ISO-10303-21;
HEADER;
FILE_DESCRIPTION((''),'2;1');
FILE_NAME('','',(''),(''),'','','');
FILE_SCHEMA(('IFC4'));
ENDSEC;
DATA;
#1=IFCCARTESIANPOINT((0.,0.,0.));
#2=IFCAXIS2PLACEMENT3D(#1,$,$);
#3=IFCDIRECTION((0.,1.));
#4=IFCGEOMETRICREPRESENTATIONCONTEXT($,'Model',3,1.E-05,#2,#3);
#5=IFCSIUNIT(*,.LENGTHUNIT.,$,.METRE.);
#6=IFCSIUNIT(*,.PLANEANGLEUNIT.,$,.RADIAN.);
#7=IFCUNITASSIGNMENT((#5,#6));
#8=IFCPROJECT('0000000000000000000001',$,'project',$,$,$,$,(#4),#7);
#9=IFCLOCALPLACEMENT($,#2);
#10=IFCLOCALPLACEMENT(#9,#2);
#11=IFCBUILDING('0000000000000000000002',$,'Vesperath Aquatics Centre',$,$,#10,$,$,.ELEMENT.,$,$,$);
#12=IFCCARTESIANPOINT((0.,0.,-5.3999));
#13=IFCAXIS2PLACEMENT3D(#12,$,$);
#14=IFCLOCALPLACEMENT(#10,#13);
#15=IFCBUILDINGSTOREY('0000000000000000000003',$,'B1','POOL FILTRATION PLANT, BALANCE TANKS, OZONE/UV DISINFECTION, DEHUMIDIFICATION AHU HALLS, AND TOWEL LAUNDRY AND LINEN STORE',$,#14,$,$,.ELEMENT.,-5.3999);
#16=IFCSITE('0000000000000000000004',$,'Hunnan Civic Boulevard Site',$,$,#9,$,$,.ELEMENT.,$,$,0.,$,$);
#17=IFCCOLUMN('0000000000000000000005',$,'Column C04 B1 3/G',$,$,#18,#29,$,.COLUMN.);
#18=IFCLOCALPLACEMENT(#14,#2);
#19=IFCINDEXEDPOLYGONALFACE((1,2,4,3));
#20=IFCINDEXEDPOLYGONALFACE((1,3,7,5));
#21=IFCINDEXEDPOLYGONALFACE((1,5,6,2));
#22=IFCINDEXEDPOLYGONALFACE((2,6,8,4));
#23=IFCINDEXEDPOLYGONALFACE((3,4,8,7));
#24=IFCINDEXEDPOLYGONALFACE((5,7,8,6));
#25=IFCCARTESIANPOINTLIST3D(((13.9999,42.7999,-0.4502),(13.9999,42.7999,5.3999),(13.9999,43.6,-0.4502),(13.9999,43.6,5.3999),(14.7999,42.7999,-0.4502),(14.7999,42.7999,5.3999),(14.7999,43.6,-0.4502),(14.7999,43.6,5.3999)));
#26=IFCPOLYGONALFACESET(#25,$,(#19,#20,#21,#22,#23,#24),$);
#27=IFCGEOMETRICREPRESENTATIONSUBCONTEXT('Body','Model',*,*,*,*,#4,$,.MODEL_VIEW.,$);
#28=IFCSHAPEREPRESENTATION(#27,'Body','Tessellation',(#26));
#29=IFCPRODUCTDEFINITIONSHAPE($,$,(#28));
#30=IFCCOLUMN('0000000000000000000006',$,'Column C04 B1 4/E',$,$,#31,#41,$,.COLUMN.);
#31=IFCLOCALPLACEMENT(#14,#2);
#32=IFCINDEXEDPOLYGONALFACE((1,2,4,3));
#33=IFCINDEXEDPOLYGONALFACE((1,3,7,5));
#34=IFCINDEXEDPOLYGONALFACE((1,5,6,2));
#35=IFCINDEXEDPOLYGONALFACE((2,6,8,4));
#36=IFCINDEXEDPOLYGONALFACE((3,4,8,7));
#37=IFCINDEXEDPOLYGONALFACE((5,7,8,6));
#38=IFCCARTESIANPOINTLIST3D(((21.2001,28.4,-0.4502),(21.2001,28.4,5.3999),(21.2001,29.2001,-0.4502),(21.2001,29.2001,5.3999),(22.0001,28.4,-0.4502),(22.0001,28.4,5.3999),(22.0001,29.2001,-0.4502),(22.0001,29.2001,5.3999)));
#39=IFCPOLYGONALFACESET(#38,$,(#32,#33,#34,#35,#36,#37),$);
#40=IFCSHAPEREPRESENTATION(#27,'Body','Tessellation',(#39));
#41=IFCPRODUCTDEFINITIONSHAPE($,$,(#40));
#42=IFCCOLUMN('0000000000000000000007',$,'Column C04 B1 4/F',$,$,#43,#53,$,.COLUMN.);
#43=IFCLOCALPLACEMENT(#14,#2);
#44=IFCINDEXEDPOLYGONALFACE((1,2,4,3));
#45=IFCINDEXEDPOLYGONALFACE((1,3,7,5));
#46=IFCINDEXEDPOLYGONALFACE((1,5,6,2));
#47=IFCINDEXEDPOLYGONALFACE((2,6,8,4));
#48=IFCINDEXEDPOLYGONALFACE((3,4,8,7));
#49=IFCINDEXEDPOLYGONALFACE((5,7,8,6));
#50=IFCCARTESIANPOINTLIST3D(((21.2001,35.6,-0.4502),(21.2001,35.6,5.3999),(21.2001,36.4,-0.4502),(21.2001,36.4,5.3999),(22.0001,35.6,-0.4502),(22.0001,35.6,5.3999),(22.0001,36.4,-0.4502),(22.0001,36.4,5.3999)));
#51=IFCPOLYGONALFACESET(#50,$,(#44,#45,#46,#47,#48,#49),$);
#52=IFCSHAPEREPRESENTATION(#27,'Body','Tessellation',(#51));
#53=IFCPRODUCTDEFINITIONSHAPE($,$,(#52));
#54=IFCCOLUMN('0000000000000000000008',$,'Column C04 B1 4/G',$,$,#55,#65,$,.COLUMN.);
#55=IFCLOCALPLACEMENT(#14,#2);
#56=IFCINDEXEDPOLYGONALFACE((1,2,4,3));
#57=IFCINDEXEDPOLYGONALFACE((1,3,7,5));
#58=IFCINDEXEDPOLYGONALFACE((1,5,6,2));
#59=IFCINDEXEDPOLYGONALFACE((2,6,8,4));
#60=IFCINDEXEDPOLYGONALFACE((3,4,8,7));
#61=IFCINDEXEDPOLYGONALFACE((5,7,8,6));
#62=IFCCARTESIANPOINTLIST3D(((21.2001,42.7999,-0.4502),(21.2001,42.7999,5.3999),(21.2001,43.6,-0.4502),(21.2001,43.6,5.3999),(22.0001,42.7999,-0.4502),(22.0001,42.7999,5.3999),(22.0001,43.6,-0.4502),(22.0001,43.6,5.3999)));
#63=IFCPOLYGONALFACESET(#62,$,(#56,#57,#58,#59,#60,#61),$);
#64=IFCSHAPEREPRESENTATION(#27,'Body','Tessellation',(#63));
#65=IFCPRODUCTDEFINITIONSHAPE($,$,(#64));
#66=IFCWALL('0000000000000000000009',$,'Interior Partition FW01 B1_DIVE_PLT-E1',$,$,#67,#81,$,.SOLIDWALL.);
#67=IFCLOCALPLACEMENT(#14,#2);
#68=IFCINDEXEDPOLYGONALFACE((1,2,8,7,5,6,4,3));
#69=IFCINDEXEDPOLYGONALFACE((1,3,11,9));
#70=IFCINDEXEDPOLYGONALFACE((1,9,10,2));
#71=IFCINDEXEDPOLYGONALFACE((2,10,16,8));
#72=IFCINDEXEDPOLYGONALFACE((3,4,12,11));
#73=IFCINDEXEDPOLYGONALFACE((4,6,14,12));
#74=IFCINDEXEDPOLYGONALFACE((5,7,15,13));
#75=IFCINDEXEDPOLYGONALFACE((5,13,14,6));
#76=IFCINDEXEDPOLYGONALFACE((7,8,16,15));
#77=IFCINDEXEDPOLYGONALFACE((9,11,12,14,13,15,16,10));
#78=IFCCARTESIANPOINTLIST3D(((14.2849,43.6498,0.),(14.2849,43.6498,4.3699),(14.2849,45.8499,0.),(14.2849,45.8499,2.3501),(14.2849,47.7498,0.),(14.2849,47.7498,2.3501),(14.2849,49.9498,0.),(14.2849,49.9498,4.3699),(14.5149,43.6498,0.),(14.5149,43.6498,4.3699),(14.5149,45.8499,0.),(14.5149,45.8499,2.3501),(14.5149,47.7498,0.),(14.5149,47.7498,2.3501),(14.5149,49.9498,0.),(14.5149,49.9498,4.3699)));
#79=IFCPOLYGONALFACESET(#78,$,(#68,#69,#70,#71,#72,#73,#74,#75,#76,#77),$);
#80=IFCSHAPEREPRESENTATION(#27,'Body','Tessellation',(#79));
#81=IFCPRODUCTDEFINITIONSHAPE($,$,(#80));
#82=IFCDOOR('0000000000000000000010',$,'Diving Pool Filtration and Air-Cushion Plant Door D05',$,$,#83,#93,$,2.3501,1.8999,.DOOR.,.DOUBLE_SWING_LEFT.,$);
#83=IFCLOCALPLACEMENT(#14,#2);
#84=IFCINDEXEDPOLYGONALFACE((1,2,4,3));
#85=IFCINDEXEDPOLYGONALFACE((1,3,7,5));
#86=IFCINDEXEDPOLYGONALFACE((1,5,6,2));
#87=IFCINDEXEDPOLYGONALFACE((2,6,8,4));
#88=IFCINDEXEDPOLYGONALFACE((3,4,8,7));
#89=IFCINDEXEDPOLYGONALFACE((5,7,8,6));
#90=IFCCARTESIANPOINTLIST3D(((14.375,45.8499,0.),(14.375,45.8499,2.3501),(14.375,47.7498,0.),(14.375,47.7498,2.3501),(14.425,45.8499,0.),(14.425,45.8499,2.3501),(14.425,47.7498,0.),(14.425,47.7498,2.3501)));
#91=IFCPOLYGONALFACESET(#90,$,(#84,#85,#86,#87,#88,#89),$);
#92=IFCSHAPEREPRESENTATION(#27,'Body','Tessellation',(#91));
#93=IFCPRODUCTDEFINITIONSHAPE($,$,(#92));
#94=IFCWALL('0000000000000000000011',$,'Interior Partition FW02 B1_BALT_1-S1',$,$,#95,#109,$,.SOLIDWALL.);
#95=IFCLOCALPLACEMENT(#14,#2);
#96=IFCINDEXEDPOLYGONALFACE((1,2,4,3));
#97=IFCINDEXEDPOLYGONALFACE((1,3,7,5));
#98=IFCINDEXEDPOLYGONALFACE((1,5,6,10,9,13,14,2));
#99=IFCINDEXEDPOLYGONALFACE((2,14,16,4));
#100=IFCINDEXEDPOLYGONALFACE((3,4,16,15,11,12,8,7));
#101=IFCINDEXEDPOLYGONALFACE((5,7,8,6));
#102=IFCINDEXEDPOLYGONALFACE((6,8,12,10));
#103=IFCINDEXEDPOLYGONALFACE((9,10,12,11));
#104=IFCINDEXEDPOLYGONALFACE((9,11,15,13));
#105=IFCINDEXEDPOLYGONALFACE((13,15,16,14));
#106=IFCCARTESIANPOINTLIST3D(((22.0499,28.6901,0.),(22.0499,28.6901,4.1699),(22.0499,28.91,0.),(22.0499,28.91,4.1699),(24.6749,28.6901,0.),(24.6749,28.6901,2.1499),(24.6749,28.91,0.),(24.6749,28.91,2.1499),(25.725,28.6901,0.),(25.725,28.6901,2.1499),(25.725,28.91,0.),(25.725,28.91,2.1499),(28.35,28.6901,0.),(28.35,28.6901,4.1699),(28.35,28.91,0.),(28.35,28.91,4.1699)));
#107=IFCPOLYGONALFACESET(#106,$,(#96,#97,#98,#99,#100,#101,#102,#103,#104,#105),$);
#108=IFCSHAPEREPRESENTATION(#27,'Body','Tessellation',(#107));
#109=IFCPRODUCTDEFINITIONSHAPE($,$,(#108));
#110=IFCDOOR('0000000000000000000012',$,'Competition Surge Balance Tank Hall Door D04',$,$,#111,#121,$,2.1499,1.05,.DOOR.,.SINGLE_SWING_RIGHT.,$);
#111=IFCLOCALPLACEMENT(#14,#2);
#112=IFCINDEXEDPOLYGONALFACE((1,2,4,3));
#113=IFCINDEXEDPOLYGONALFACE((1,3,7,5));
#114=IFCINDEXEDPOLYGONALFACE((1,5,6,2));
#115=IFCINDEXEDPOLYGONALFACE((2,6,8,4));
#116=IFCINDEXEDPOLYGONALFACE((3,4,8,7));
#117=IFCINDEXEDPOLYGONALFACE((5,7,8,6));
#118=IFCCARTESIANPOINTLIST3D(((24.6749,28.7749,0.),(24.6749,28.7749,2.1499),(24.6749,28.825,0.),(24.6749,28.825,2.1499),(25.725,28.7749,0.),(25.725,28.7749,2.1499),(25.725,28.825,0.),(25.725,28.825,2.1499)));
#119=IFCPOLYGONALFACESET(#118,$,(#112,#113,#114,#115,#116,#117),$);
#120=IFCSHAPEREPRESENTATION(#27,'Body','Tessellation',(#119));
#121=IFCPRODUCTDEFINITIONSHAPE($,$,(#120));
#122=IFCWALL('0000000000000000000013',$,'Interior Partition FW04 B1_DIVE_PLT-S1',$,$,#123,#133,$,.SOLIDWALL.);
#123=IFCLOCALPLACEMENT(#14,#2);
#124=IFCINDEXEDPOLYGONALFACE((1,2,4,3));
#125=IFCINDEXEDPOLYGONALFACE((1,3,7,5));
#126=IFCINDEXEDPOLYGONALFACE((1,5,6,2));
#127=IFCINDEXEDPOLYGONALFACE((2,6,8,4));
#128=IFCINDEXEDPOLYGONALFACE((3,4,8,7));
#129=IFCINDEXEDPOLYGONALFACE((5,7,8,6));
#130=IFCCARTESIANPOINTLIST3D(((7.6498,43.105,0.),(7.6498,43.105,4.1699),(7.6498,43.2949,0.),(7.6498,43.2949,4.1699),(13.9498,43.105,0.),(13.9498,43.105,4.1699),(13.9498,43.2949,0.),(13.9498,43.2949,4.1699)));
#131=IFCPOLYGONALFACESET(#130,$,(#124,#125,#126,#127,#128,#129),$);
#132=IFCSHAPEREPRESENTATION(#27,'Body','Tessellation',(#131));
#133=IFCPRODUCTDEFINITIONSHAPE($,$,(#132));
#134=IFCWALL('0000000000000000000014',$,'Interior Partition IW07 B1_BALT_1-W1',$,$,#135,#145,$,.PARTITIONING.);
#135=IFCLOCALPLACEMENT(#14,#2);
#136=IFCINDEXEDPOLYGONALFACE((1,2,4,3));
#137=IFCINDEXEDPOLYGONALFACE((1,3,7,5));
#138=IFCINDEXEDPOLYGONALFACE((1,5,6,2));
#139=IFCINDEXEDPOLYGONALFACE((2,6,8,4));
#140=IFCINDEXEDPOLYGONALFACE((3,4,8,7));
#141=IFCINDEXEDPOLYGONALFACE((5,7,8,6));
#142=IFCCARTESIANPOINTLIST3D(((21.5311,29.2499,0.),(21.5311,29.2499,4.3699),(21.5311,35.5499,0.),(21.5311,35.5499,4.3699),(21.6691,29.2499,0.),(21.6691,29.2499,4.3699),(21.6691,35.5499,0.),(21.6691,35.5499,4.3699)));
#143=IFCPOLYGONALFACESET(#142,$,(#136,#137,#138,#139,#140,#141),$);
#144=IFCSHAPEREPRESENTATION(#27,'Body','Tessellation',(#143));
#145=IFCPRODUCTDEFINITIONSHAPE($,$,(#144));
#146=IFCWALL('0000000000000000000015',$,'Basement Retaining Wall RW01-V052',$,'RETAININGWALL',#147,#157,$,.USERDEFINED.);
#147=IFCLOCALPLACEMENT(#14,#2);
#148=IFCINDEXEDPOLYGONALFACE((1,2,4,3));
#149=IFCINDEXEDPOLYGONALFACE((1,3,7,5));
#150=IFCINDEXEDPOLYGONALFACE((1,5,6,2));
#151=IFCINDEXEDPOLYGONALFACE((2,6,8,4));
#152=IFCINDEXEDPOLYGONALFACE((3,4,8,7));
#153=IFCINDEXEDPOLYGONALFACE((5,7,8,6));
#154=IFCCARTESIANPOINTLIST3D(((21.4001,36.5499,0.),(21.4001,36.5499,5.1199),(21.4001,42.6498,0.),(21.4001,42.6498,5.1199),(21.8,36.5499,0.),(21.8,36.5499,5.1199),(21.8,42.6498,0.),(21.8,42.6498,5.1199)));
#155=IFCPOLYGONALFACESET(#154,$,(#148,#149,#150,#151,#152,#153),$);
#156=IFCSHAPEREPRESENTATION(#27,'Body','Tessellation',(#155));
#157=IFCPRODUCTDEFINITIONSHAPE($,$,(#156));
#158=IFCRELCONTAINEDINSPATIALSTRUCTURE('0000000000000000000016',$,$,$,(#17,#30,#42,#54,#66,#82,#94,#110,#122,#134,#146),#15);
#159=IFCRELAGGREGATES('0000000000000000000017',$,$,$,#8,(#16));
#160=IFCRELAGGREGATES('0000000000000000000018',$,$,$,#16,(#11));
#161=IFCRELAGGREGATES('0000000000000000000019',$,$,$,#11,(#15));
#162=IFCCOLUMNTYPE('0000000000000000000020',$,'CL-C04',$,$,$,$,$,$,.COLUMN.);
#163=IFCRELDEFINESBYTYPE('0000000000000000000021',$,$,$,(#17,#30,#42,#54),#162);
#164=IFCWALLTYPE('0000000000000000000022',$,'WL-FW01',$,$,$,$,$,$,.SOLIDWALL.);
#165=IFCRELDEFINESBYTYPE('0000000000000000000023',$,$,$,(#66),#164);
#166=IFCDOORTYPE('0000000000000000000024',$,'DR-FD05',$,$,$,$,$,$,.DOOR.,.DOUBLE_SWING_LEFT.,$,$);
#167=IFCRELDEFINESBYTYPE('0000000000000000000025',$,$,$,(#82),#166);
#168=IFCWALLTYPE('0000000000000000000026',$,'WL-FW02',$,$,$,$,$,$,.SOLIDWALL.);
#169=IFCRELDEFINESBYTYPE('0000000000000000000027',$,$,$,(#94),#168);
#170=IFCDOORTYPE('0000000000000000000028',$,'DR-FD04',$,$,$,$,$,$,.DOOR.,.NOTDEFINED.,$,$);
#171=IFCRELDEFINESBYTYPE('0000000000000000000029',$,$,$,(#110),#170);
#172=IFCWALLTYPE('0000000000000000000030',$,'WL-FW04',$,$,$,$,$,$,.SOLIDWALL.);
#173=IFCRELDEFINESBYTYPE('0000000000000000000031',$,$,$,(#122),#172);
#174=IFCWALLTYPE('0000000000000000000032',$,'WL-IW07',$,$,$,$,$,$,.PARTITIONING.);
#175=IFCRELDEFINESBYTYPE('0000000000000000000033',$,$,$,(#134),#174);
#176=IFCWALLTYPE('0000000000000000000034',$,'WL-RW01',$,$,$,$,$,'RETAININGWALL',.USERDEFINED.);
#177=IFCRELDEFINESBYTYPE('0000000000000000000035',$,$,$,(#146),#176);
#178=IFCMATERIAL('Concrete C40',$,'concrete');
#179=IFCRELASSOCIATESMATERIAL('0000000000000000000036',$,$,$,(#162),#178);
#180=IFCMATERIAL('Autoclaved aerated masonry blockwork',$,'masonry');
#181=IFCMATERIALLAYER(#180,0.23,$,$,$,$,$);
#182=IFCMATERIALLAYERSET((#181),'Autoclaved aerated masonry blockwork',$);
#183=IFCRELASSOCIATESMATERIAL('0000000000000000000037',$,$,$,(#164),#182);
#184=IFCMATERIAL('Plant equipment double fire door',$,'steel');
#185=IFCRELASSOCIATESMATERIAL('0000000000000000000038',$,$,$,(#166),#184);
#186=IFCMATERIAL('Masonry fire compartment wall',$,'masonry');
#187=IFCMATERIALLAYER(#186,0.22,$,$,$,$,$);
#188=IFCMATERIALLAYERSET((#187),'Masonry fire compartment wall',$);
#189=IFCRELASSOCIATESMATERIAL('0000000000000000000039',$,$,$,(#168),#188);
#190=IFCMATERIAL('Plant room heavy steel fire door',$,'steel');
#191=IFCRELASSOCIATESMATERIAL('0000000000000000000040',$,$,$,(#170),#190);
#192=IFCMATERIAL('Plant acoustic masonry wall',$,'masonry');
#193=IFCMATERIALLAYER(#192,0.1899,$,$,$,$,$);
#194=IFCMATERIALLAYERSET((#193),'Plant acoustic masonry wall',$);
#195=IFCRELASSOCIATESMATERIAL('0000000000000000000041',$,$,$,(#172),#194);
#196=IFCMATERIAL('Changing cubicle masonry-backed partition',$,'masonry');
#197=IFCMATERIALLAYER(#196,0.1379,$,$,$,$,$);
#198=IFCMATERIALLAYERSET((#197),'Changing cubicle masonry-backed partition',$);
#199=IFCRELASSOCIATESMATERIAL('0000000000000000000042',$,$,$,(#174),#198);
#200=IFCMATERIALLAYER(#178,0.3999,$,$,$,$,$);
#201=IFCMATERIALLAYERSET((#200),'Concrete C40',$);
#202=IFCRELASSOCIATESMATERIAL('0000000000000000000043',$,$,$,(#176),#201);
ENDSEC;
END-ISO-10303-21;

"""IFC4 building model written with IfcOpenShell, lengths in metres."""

from ifc_helpers import new_model, si_unit, direction, frame, frame_2d, origin, origin_2d, place, context, subcontext, project, spatial, rectangle, extrude, material, layer, layer_set, material_profile, profile_set, type_object, element, fill, save


model = new_model("IFC4")

# Units and contexts
model_context = context("Model", 3, precision=1e-05, world=origin(), true_north=direction((0.0, 1.0)))
body_context = subcontext(model_context, "Body", "Model", "MODEL_VIEW")
ifc_project = project(units=[si_unit("LENGTHUNIT", "METRE"), si_unit("PLANEANGLEUNIT", "RADIAN")], contexts=[model_context])

# Site, building, storey
site_placement = place(None, origin())
site = spatial("IfcSite", under=ifc_project, at=site_placement, Name="Hunnan Civic Boulevard Site", CompositionType="ELEMENT", RefElevation=0.0)
building_placement = place(site_placement, origin())
building = spatial("IfcBuilding", under=site, at=building_placement, Name="Vesperath Aquatics Centre", CompositionType="ELEMENT")
storey_placement = place(building_placement, frame((0.0, 0.0, -5.3999)))
storey = spatial("IfcBuildingStorey", under=building, at=storey_placement, Name="B1", Description="POOL FILTRATION PLANT, BALANCE TANKS, OZONE/UV DISINFECTION, DEHUMIDIFICATION AHU HALLS, AND TOWEL LAUNDRY AND LINEN STORE", CompositionType="ELEMENT", Elevation=-5.3999)

# Shared definitions
ifc_material_1 = material(Name="Concrete C40", Category="concrete")

# Columns
ifc_material_profile_1 = material_profile(ifc_material_1, rectangle(XDim=0.8, YDim=0.8, at=origin_2d()), Name="RC 800x800")
ifc_profile_set_1 = profile_set([ifc_material_profile_1], Name="Concrete C40")
column_type = type_object("IfcColumnType", Name="CL-C04", PredefinedType="COLUMN", material=ifc_profile_set_1)
for number, where, z_axis, x_axis, name in (
    (1, (14.3999, 43.2, -0.4502), (0.0, 0.0, 1.0), (1.0, 0.0, 0.0), "Column C04 B1 3/G"),
    (2, (21.6001, 28.8, -0.4502), (0.0, 0.0, 1.0), (1.0, 0.0, 0.0), "Column C04 B1 4/E"),
    (3, (21.6001, 36.0, -0.4502), (0.0, 0.0, 1.0), (1.0, 0.0, 0.0), "Column C04 B1 4/F"),
    (4, (21.6001, 43.2, -0.4502), (0.0, 0.0, 1.0), (1.0, 0.0, 0.0), "Column C04 B1 4/G"),
):
    element("IfcColumn", number, at=place(storey_placement, frame(where, z_axis=z_axis, x_axis=x_axis)), inside=storey, type_object=column_type, Name=name, PredefinedType="COLUMN", context=body_context, shape_type="SweptSolid", body=[
        extrude(rectangle(XDim=0.8, YDim=0.8, at=origin_2d()), origin(), (0.0, 0.0, 1.0), 5.8501),
    ])

# Walls, openings, doors
ifc_material_2 = material(Name="Autoclaved aerated masonry blockwork", Category="masonry")
ifc_layer_1 = layer(ifc_material_2, 0.23)
ifc_layer_set_1 = layer_set([ifc_layer_1], Name="Autoclaved aerated masonry blockwork")
wall_type_1 = type_object("IfcWallType", Name="WL-FW01", PredefinedType="SOLIDWALL", material=ifc_layer_set_1)
wall_1_placement = place(storey_placement, frame((14.3999, 43.6499, 0.0), z_axis=(0.0, 0.0, 1.0), x_axis=(0.0, 1.0, 0.0)))
wall_1 = element("IfcWall", 5, at=wall_1_placement, inside=storey, type_object=wall_type_1, Name="Interior Partition FW01 B1_DIVE_PLT-E1", PredefinedType="SOLIDWALL", context=body_context, shape_type="SweptSolid", body=[
    extrude(rectangle(XDim=6.3, YDim=0.23, at=frame_2d((3.1499, 0.0))), origin(), (0.0, 0.0, 1.0), 4.3699),
])
opening_1_placement = place(wall_1_placement, frame((2.2, 0.0, 0.0)))
opening_1 = element("IfcOpeningElement", 6, at=opening_1_placement, cuts=wall_1, PredefinedType="OPENING", context=body_context, shape_type="SweptSolid", body=[
    extrude(rectangle(XDim=1.8999, YDim=2.3501, at=frame_2d((0.95, 1.175))), frame((0.0, 0.1299, 0.0), z_axis=(0.0, -1.0, 0.0), x_axis=(1.0, 0.0, 0.0)), (0.0, 0.0, 1.0), 0.2598),
])
ifc_material_3 = material(Name="Plant equipment double fire door", Category="steel")
door_type_1 = type_object("IfcDoorType", Name="DR-FD05", OperationType="DOUBLE_SWING_LEFT", PredefinedType="DOOR", material=ifc_material_3)
door_1_placement = place(opening_1_placement, origin())
door_1 = element("IfcDoor", 7, at=door_1_placement, inside=storey, type_object=door_type_1, Name="Diving Pool Filtration and Air-Cushion Plant Door D05", OperationType="DOUBLE_SWING_LEFT", OverallHeight=2.3501, OverallWidth=1.8999, PredefinedType="DOOR", context=body_context, shape_type="SweptSolid", body=[
    extrude(rectangle(XDim=1.8999, YDim=2.3501, at=frame_2d((0.95, 1.175))), frame((0.0, 0.0249, 0.0), z_axis=(0.0, -1.0, 0.0), x_axis=(1.0, 0.0, 0.0)), (0.0, 0.0, 1.0), 0.05),
])
fill(opening_1, door_1)
ifc_material_4 = material(Name="Masonry fire compartment wall", Category="masonry")
ifc_layer_2 = layer(ifc_material_4, 0.22)
ifc_layer_set_2 = layer_set([ifc_layer_2], Name="Masonry fire compartment wall")
wall_type_2 = type_object("IfcWallType", Name="WL-FW02", PredefinedType="SOLIDWALL", material=ifc_layer_set_2)
wall_2_placement = place(storey_placement, frame((22.05, 28.8, 0.0), z_axis=(0.0, 0.0, 1.0), x_axis=(1.0, 0.0, 0.0)))
wall_2 = element("IfcWall", 8, at=wall_2_placement, inside=storey, type_object=wall_type_2, Name="Interior Partition FW02 B1_BALT_1-S1", PredefinedType="SOLIDWALL", context=body_context, shape_type="SweptSolid", body=[
    extrude(rectangle(XDim=6.3, YDim=0.22, at=frame_2d((3.1499, 0.0))), origin(), (0.0, 0.0, 1.0), 4.1699),
])
opening_2_placement = place(wall_2_placement, frame((2.625, 0.0, 0.0)))
opening_2 = element("IfcOpeningElement", 9, at=opening_2_placement, cuts=wall_2, PredefinedType="OPENING", context=body_context, shape_type="SweptSolid", body=[
    extrude(rectangle(XDim=1.05, YDim=2.1499, at=frame_2d((0.5249, 1.075))), frame((0.0, 0.125, 0.0), z_axis=(0.0, -1.0, 0.0), x_axis=(1.0, 0.0, 0.0)), (0.0, 0.0, 1.0), 0.2498),
])
ifc_material_5 = material(Name="Plant room heavy steel fire door", Category="steel")
door_type_2 = type_object("IfcDoorType", Name="DR-FD04", OperationType="NOTDEFINED", PredefinedType="DOOR", material=ifc_material_5)
door_2_placement = place(opening_2_placement, origin())
door_2 = element("IfcDoor", 10, at=door_2_placement, inside=storey, type_object=door_type_2, Name="Competition Surge Balance Tank Hall Door D04", OperationType="SINGLE_SWING_RIGHT", OverallHeight=2.1499, OverallWidth=1.05, PredefinedType="DOOR", context=body_context, shape_type="SweptSolid", body=[
    extrude(rectangle(XDim=1.05, YDim=2.1499, at=frame_2d((0.5249, 1.075))), frame((0.0, 0.0249, 0.0), z_axis=(0.0, -1.0, 0.0), x_axis=(1.0, 0.0, 0.0)), (0.0, 0.0, 1.0), 0.05),
])
fill(opening_2, door_2)

# Walls
ifc_material_6 = material(Name="Plant acoustic masonry wall", Category="masonry")
ifc_layer_3 = layer(ifc_material_6, 0.1899)
ifc_layer_set_3 = layer_set([ifc_layer_3], Name="Plant acoustic masonry wall")
wall_type_3 = type_object("IfcWallType", Name="WL-FW04", PredefinedType="SOLIDWALL", material=ifc_layer_set_3)
wall_3_placement = place(storey_placement, frame((7.6499, 43.2, 0.0), z_axis=(0.0, 0.0, 1.0), x_axis=(1.0, 0.0, 0.0)))
element("IfcWall", 11, at=wall_3_placement, inside=storey, type_object=wall_type_3, Name="Interior Partition FW04 B1_DIVE_PLT-S1", PredefinedType="SOLIDWALL", context=body_context, shape_type="SweptSolid", body=[
    extrude(rectangle(XDim=6.3, YDim=0.1899, at=frame_2d((3.1499, 0.0))), origin(), (0.0, 0.0, 1.0), 4.1699),
])
ifc_material_7 = material(Name="Changing cubicle masonry-backed partition", Category="masonry")
ifc_layer_4 = layer(ifc_material_7, 0.1379)
ifc_layer_set_4 = layer_set([ifc_layer_4], Name="Changing cubicle masonry-backed partition")
wall_type_4 = type_object("IfcWallType", Name="WL-IW07", PredefinedType="PARTITIONING", material=ifc_layer_set_4)
wall_4_placement = place(storey_placement, frame((21.6001, 29.25, 0.0), z_axis=(0.0, 0.0, 1.0), x_axis=(0.0, 1.0, 0.0)))
element("IfcWall", 12, at=wall_4_placement, inside=storey, type_object=wall_type_4, Name="Interior Partition IW07 B1_BALT_1-W1", PredefinedType="PARTITIONING", context=body_context, shape_type="SweptSolid", body=[
    extrude(rectangle(XDim=6.3, YDim=0.1379, at=frame_2d((3.1499, 0.0))), origin(), (0.0, 0.0, 1.0), 4.3699),
])
ifc_layer_5 = layer(ifc_material_1, 0.3999)
ifc_layer_set_5 = layer_set([ifc_layer_5], Name="Concrete C40")
wall_type_5 = type_object("IfcWallType", Name="WL-RW01", ElementType="RETAININGWALL", PredefinedType="USERDEFINED", material=ifc_layer_set_5)
wall_5_placement = place(storey_placement, frame((21.6001, 36.55, 0.0), z_axis=(0.0, 0.0, 1.0), x_axis=(0.0, 1.0, 0.0)))
element("IfcWall", 13, at=wall_5_placement, inside=storey, type_object=wall_type_5, Name="Basement Retaining Wall RW01-V052", ObjectType="RETAININGWALL", PredefinedType="USERDEFINED", context=body_context, shape_type="SweptSolid", body=[
    extrude(rectangle(XDim=6.0999, YDim=0.3999, at=frame_2d((3.0498, 0.0))), origin(), (0.0, 0.0, 1.0), 5.1199),
])

save(model, "model.ifc")
